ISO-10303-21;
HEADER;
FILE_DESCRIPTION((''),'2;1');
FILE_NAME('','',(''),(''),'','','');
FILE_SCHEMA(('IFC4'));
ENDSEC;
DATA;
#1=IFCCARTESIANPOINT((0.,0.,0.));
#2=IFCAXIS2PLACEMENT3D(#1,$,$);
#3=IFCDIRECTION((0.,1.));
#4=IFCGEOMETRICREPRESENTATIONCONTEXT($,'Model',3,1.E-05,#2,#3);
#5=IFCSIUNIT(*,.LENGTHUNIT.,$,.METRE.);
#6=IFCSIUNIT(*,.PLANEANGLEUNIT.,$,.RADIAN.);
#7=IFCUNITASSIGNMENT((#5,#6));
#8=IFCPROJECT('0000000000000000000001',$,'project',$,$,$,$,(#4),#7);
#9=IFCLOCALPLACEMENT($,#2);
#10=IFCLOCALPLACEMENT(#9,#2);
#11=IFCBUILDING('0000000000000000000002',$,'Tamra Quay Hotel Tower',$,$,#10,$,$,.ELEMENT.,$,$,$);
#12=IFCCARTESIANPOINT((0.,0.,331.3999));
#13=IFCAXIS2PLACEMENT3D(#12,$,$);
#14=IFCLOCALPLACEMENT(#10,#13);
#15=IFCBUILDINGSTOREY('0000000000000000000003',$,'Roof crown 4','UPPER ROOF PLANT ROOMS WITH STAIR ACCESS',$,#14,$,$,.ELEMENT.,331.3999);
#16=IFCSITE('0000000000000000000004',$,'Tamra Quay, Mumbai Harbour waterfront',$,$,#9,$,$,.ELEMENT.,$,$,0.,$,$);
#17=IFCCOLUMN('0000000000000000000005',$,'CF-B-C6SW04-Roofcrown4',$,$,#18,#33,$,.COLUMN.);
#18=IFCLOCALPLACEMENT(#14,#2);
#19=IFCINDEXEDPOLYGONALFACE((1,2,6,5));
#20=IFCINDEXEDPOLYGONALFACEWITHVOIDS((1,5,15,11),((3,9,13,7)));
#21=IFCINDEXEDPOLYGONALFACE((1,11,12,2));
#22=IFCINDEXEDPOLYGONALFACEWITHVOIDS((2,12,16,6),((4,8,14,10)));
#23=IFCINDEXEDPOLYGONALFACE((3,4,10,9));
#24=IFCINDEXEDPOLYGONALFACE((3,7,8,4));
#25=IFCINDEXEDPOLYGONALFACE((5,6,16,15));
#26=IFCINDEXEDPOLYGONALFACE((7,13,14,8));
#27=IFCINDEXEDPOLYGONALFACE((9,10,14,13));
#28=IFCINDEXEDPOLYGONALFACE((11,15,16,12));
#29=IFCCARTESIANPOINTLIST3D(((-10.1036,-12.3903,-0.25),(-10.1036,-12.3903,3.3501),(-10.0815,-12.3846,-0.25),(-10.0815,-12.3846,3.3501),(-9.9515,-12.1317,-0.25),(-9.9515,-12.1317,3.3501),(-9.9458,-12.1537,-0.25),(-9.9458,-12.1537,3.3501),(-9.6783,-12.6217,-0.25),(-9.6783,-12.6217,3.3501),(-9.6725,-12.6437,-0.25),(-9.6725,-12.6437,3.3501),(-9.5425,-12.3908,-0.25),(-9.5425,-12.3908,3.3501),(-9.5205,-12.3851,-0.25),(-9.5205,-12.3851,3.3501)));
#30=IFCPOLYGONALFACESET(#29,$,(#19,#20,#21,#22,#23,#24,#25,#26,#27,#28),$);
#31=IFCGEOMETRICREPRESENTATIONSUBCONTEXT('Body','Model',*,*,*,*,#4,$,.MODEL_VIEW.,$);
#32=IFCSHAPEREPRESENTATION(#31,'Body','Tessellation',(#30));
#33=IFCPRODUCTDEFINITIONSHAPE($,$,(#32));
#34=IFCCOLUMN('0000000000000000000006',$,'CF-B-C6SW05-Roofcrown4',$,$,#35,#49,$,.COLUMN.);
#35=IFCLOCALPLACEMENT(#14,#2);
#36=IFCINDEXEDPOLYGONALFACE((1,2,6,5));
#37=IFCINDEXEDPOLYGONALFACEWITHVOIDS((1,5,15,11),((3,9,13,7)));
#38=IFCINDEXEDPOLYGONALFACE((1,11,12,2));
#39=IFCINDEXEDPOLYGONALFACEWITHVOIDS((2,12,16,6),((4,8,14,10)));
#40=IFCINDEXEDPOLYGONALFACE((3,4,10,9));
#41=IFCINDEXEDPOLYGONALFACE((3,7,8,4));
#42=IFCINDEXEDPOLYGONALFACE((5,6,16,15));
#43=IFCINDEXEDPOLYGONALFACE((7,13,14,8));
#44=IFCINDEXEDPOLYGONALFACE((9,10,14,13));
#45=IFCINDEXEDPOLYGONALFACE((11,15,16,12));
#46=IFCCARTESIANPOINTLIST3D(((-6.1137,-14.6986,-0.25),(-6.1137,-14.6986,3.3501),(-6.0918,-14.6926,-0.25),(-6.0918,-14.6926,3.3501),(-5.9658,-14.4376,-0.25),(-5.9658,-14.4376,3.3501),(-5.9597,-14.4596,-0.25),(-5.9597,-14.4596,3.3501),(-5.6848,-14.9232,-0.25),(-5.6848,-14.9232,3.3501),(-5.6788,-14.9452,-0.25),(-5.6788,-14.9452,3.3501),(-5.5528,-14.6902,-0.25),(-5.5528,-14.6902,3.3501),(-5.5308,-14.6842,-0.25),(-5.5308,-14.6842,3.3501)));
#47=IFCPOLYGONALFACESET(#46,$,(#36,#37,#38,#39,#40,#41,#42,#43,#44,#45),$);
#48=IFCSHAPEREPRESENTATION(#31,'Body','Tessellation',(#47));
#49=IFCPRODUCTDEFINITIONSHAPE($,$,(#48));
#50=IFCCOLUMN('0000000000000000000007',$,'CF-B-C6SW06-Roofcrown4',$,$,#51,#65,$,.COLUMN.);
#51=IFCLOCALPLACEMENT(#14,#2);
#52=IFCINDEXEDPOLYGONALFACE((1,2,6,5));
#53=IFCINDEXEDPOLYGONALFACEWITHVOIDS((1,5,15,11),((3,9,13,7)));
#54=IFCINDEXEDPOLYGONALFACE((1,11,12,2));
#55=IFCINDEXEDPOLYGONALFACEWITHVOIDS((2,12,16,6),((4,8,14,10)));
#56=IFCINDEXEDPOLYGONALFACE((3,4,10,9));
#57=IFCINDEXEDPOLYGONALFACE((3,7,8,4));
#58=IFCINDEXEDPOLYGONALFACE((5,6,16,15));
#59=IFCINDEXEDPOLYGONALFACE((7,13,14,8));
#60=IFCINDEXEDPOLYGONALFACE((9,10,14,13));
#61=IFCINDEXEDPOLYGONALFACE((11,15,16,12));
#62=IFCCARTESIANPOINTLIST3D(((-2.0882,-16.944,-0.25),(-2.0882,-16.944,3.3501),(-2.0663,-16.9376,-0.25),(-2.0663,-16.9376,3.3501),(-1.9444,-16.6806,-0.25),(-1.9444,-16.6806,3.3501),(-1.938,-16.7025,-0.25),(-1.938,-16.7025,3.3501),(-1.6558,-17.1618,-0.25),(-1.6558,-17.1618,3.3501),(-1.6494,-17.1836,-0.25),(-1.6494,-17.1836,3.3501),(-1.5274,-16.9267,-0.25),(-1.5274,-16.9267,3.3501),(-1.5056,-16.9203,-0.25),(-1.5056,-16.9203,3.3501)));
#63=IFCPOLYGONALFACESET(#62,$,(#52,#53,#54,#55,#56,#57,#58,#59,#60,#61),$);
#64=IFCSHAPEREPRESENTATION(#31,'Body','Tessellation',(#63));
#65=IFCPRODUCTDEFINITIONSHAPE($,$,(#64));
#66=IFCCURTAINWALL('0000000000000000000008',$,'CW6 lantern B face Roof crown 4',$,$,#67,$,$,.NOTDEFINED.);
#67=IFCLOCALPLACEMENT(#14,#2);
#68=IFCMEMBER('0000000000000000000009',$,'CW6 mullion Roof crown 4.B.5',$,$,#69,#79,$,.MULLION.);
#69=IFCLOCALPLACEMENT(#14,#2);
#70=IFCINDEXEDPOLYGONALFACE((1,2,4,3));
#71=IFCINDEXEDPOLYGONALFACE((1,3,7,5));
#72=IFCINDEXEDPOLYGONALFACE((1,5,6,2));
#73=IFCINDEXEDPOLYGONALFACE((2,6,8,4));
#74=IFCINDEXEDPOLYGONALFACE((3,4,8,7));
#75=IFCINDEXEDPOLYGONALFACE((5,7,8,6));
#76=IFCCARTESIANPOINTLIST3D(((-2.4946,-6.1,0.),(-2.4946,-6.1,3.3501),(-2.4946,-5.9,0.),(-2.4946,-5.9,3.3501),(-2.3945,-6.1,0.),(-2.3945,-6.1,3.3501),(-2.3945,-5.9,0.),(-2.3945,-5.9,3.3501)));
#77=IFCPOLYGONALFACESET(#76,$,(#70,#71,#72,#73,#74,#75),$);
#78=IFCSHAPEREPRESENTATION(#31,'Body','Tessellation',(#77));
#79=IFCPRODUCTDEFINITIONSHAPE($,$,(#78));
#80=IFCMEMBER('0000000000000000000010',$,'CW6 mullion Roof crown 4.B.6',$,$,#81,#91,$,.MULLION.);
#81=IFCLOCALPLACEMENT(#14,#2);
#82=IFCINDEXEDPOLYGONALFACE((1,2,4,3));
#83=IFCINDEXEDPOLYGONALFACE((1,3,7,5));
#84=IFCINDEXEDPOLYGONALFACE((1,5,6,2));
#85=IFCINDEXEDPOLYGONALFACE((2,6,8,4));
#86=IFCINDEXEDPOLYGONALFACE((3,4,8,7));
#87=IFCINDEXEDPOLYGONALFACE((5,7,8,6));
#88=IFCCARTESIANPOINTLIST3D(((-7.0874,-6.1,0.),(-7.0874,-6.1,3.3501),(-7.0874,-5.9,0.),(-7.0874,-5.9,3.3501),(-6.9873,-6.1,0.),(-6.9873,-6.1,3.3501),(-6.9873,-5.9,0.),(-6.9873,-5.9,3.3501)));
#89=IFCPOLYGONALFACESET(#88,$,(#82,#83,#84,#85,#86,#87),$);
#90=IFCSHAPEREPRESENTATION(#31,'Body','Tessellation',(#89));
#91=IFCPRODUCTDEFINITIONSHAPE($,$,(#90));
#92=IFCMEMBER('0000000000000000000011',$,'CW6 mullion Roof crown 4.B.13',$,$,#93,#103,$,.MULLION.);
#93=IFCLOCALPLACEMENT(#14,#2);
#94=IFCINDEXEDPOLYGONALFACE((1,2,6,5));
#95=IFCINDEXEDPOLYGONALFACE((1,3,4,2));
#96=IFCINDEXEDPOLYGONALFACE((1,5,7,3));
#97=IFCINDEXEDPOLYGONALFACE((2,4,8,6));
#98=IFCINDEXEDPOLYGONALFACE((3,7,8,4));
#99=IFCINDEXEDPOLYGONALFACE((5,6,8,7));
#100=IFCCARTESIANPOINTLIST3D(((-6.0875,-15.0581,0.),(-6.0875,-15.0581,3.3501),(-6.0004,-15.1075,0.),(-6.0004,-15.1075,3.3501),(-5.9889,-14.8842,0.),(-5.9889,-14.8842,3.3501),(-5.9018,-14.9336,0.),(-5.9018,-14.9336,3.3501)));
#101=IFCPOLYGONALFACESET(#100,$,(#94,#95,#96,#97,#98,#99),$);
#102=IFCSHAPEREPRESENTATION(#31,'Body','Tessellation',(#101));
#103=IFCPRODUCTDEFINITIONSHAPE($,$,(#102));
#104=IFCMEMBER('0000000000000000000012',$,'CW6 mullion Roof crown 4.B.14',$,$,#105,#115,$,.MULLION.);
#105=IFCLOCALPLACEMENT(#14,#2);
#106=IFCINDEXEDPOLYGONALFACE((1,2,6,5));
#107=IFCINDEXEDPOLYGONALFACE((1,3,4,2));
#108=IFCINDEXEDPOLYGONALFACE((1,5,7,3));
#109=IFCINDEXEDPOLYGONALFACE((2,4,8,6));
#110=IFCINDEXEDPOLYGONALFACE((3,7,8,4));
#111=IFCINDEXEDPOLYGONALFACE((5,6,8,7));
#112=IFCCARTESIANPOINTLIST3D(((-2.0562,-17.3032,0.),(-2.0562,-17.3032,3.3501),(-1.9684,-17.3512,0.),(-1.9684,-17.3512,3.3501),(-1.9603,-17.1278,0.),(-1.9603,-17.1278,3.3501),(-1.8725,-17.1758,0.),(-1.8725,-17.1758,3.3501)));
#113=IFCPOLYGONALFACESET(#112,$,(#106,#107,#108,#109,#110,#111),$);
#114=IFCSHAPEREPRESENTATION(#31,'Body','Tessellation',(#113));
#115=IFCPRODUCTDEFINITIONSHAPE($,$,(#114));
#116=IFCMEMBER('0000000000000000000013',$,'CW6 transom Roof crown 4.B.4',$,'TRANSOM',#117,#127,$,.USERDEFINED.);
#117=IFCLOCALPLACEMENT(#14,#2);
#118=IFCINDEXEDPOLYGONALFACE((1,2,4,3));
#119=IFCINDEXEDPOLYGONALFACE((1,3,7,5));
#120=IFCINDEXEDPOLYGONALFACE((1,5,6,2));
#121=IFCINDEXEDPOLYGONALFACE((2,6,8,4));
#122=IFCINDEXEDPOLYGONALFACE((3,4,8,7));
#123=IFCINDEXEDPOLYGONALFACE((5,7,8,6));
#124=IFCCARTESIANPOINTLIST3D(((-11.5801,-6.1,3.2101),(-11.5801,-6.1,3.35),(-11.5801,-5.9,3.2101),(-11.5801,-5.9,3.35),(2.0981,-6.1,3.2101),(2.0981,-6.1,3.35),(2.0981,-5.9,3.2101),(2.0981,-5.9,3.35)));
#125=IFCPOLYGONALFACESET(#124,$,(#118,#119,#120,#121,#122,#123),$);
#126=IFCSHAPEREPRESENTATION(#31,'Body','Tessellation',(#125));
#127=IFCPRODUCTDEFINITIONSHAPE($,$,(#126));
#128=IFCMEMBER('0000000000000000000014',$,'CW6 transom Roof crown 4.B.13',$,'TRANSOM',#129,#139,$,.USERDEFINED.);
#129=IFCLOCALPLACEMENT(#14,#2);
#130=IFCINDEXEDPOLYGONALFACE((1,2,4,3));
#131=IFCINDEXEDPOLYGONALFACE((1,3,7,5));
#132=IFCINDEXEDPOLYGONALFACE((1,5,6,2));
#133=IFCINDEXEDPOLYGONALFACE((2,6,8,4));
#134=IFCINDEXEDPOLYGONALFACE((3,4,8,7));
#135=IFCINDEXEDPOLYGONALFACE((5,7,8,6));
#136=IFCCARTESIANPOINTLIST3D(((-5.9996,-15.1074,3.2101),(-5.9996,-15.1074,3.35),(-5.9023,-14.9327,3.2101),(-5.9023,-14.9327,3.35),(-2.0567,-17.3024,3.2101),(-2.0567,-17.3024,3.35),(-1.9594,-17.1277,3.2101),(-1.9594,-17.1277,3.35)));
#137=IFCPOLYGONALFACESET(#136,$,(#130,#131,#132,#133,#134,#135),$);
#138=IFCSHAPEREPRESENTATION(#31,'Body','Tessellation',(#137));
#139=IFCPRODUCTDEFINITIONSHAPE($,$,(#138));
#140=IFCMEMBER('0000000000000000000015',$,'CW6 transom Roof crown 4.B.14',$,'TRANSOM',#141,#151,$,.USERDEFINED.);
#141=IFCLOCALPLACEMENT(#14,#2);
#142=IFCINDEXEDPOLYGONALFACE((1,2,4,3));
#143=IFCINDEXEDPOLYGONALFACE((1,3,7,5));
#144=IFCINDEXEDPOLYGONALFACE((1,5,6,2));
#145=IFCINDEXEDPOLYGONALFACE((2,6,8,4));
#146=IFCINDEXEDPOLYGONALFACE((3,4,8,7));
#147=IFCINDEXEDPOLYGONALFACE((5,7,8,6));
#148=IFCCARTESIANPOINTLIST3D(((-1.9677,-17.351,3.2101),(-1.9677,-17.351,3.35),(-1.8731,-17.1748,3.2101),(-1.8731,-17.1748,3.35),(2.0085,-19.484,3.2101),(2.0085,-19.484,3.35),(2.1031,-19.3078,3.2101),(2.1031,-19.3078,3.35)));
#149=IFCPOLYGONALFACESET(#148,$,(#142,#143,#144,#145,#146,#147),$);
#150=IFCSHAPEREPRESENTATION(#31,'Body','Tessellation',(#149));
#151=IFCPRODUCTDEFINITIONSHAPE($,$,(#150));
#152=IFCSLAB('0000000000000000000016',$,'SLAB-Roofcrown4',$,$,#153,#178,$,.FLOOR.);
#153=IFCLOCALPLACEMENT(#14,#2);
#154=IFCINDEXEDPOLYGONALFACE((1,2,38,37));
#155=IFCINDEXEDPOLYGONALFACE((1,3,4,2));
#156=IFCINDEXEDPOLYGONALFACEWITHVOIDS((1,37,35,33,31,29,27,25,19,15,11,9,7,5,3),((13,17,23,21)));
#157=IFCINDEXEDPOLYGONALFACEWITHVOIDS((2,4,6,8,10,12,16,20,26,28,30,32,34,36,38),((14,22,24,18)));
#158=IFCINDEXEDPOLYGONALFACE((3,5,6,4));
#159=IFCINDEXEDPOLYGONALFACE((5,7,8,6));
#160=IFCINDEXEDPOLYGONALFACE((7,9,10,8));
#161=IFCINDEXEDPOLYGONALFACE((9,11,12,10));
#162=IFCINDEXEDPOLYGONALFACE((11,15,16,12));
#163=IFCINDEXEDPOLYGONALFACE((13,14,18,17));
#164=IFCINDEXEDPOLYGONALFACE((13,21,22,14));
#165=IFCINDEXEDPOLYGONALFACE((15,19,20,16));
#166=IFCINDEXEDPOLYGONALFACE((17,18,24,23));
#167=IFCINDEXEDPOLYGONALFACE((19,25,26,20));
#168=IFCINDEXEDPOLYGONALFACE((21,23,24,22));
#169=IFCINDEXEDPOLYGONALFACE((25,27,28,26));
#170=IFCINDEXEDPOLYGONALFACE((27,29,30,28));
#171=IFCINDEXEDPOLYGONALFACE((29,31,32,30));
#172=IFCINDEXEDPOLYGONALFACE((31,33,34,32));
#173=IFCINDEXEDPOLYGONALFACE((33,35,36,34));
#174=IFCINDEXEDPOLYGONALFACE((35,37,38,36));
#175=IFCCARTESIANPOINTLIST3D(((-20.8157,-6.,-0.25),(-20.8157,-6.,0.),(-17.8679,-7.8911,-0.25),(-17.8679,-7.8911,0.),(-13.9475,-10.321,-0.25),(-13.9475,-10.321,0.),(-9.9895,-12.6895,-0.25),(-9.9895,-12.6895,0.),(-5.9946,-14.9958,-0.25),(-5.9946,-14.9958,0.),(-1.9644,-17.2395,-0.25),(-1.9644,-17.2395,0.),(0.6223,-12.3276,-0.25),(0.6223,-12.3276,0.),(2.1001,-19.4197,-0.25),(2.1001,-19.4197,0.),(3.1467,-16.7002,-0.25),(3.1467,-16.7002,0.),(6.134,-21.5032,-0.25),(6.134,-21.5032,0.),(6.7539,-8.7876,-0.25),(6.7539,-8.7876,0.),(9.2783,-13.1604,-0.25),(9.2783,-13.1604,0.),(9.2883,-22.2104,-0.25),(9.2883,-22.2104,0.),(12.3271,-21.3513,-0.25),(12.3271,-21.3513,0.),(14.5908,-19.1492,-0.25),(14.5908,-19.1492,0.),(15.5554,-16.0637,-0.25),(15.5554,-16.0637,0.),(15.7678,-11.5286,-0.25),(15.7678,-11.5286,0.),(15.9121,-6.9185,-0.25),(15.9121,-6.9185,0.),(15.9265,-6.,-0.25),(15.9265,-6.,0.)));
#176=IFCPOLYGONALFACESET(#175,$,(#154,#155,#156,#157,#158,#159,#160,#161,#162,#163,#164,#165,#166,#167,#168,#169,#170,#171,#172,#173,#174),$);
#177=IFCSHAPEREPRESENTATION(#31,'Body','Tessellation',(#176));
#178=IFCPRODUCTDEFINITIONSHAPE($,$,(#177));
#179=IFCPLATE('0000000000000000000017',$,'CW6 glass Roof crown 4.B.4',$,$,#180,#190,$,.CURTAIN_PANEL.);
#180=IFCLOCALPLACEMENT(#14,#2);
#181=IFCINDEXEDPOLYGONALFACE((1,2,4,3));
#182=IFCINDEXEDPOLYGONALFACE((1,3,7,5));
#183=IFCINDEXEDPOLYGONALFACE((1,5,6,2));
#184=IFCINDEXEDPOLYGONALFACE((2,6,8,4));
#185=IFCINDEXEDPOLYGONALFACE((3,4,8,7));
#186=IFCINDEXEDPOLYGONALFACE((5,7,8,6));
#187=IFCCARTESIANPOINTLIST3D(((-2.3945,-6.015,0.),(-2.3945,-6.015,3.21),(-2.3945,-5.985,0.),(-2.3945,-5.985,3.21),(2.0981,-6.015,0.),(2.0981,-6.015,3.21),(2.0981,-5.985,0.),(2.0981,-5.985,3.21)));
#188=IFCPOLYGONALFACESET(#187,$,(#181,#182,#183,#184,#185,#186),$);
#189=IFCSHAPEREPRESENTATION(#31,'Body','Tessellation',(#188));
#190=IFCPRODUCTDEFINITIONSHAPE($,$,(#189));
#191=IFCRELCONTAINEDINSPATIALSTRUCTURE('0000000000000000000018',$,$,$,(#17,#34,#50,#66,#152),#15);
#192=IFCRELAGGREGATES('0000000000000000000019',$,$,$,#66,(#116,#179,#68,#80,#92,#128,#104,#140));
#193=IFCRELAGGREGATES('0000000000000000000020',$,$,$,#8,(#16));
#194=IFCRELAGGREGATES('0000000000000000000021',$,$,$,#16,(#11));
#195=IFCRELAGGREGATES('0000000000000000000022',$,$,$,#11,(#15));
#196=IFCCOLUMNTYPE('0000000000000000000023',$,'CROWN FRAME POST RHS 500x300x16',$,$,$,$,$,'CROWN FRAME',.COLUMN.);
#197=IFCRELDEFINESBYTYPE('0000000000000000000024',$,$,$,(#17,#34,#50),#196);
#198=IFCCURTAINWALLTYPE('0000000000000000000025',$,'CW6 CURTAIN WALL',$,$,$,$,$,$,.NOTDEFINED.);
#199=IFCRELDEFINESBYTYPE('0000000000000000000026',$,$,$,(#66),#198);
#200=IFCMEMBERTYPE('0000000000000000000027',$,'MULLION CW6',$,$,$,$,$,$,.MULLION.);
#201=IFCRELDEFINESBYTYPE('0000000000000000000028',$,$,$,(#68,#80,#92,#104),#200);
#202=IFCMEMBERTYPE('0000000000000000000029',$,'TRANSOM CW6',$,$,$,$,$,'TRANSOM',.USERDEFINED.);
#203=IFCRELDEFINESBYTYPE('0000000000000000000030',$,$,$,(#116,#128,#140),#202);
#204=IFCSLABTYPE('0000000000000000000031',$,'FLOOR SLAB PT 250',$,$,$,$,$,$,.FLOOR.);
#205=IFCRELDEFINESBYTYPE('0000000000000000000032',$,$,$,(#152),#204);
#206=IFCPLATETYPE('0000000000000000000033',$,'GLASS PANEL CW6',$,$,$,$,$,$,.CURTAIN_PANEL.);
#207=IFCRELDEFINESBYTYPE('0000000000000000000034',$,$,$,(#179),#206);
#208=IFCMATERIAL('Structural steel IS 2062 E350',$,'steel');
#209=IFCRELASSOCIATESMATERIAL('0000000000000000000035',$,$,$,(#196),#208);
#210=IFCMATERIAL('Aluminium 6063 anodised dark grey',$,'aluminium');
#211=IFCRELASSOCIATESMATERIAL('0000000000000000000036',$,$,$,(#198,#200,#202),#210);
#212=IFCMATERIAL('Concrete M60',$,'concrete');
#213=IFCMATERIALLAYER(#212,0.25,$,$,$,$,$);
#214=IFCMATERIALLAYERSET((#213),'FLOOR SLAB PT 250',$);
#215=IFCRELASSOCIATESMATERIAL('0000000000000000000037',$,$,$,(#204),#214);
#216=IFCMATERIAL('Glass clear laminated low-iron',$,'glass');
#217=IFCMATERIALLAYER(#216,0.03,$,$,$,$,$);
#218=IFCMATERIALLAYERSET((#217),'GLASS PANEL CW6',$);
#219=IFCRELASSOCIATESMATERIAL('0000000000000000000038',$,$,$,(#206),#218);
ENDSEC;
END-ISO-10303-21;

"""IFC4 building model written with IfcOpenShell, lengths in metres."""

from ifc_helpers import new_model, si_unit, direction, frame, origin, origin_2d, place, context, subcontext, project, spatial, polyline, rectangle, hollow_rectangle, outline, extrude, material, layer, layer_set, material_profile, profile_set, type_object, element, aggregate, save


model = new_model("IFC4")

# Units and contexts
model_context = context("Model", 3, precision=1e-05, world=origin(), true_north=direction((0.0, 1.0)))
body_context = subcontext(model_context, "Body", "Model", "MODEL_VIEW")
ifc_project = project(units=[si_unit("LENGTHUNIT", "METRE"), si_unit("PLANEANGLEUNIT", "RADIAN")], contexts=[model_context])

# Site, building, storey
site_placement = place(None, origin())
site = spatial("IfcSite", under=ifc_project, at=site_placement, Name="Tamra Quay, Mumbai Harbour waterfront", CompositionType="ELEMENT", RefElevation=0.0)
building_placement = place(site_placement, origin())
building = spatial("IfcBuilding", under=site, at=building_placement, Name="Tamra Quay Hotel Tower", CompositionType="ELEMENT")
storey_placement = place(building_placement, frame((0.0, 0.0, 331.3999)))
storey = spatial("IfcBuildingStorey", under=building, at=storey_placement, Name="Roof crown 4", Description="UPPER ROOF PLANT ROOMS WITH STAIR ACCESS", CompositionType="ELEMENT", Elevation=331.3999)

# Columns
ifc_material_1 = material(Name="Structural steel IS 2062 E350", Category="steel")
ifc_material_profile_1 = material_profile(ifc_material_1, hollow_rectangle(XDim=0.3, YDim=0.5, WallThickness=0.0161, at=origin_2d()), Name="RHS 500x300x16")
ifc_profile_set_1 = profile_set([ifc_material_profile_1], Name="Structural steel IS 2062 E350")
column_type = type_object("IfcColumnType", Name="CROWN FRAME POST RHS 500x300x16", ElementType="CROWN FRAME", PredefinedType="COLUMN", material=ifc_profile_set_1)
for number, where, z_axis, x_axis, name in (
    (1, (-9.812, -12.3877, -0.25), (0.0, 0.0, 1.0), (0.506843, 0.862038, 0.0), "CF-B-C6SW04-Roofcrown4"),
    (2, (-5.8223, -14.6914, -0.25), (0.0, 0.0, 1.0), (0.493125, 0.869958, 0.0), "CF-B-C6SW05-Roofcrown4"),
    (3, (-1.7969, -16.9321, -0.25), (0.0, 0.0, 1.0), (0.479288, 0.877658, 0.0), "CF-B-C6SW06-Roofcrown4"),
):
    element("IfcColumn", number, at=place(storey_placement, frame(where, z_axis=z_axis, x_axis=x_axis)), inside=storey, type_object=column_type, Name=name, PredefinedType="COLUMN", context=body_context, shape_type="SweptSolid", body=[
        extrude(hollow_rectangle(XDim=0.3, YDim=0.5, WallThickness=0.0161, at=origin_2d()), origin(), (0.0, 0.0, 1.0), 3.6001),
    ])

# Curtain wall, members
ifc_material_2 = material(Name="Aluminium 6063 anodised dark grey", Category="aluminium")
curtain_wall_type = type_object("IfcCurtainWallType", Name="CW6 CURTAIN WALL", PredefinedType="NOTDEFINED", material=ifc_material_2)
curtain_wall_placement = place(storey_placement, origin())
curtain_wall = element("IfcCurtainWall", 4, at=curtain_wall_placement, inside=storey, type_object=curtain_wall_type, Name="CW6 lantern B face Roof crown 4", PredefinedType="NOTDEFINED")
ifc_material_profile_2 = material_profile(ifc_material_2, rectangle(XDim=0.2, YDim=0.1001, at=origin_2d()), Name="MULLION 100X200")
ifc_profile_set_2 = profile_set([ifc_material_profile_2], Name="Aluminium 6063 anodised dark grey")
member_type_1 = type_object("IfcMemberType", Name="MULLION CW6", PredefinedType="MULLION", material=ifc_profile_set_2)
member_1_placement = place(storey_placement, frame((-2.4446, -6.0, 0.0), z_axis=(0.0, 0.0, 1.0), x_axis=(0.0, 1.0, 0.0)))
member_1 = element("IfcMember", 5, at=member_1_placement, type_object=member_type_1, Name="CW6 mullion Roof crown 4.B.5", PredefinedType="MULLION", context=body_context, shape_type="SweptSolid", body=[
    extrude(rectangle(XDim=0.2, YDim=0.1001, at=origin_2d()), origin(), (0.0, 0.0, 1.0), 3.3501),
])
member_2_placement = place(storey_placement, frame((-7.0374, -6.0, 0.0), z_axis=(0.0, 0.0, 1.0), x_axis=(0.0, 1.0, 0.0)))
member_2 = element("IfcMember", 6, at=member_2_placement, type_object=member_type_1, Name="CW6 mullion Roof crown 4.B.6", PredefinedType="MULLION", context=body_context, shape_type="SweptSolid", body=[
    extrude(rectangle(XDim=0.2, YDim=0.1001, at=origin_2d()), origin(), (0.0, 0.0, 1.0), 3.3501),
])
member_3_placement = place(storey_placement, frame((-5.9946, -14.9958, 0.0), z_axis=(0.0, 0.0, 1.0), x_axis=(-0.493216, -0.869907, 0.0)))
member_3 = element("IfcMember", 7, at=member_3_placement, type_object=member_type_1, Name="CW6 mullion Roof crown 4.B.13", PredefinedType="MULLION", context=body_context, shape_type="SweptSolid", body=[
    extrude(rectangle(XDim=0.2, YDim=0.1001, at=origin_2d()), origin(), (0.0, 0.0, 1.0), 3.3501),
])
member_4_placement = place(storey_placement, frame((-1.9644, -17.2395, 0.0), z_axis=(0.0, 0.0, 1.0), x_axis=(-0.479565, -0.877506, 0.0)))
member_4 = element("IfcMember", 8, at=member_4_placement, type_object=member_type_1, Name="CW6 mullion Roof crown 4.B.14", PredefinedType="MULLION", context=body_context, shape_type="SweptSolid", body=[
    extrude(rectangle(XDim=0.2, YDim=0.1001, at=origin_2d()), origin(), (0.0, 0.0, 1.0), 3.3501),
])
ifc_material_profile_3 = material_profile(ifc_material_2, rectangle(XDim=0.2, YDim=0.1399, at=origin_2d()), Name="TRANSOM 200X140")
ifc_profile_set_3 = profile_set([ifc_material_profile_3], Name="Aluminium 6063 anodised dark grey")
member_type_2 = type_object("IfcMemberType", Name="TRANSOM CW6", ElementType="TRANSOM", PredefinedType="USERDEFINED", material=ifc_profile_set_3)
member_5_placement = place(storey_placement, frame((2.0981, -6.0, 3.28), z_axis=(-1.0, 0.0, 0.0), x_axis=(0.0, -1.0, 0.0)))
member_5 = element("IfcMember", 9, at=member_5_placement, type_object=member_type_2, Name="CW6 transom Roof crown 4.B.4", ObjectType="TRANSOM", PredefinedType="USERDEFINED", context=body_context, shape_type="SweptSolid", body=[
    extrude(rectangle(XDim=0.2, YDim=0.1399, at=origin_2d()), origin(), (0.0, 0.0, 1.0), 13.6782),
])
member_6_placement = place(storey_placement, frame((-5.9509, -15.02, 3.28), z_axis=(0.873726, -0.486419, 0.0), x_axis=(0.486419, 0.873726, 0.0)))
member_6 = element("IfcMember", 10, at=member_6_placement, type_object=member_type_2, Name="CW6 transom Roof crown 4.B.13", ObjectType="TRANSOM", PredefinedType="USERDEFINED", context=body_context, shape_type="SweptSolid", body=[
    extrude(rectangle(XDim=0.2, YDim=0.1399, at=origin_2d()), origin(), (0.0, 0.0, 1.0), 4.5127),
])
member_7_placement = place(storey_placement, frame((-1.9204, -17.2629, 3.28), z_axis=(0.881214, -0.472718, 0.0), x_axis=(0.472718, 0.881214, 0.0)))
member_7 = element("IfcMember", 11, at=member_7_placement, type_object=member_type_2, Name="CW6 transom Roof crown 4.B.14", ObjectType="TRANSOM", PredefinedType="USERDEFINED", context=body_context, shape_type="SweptSolid", body=[
    extrude(rectangle(XDim=0.2, YDim=0.1399, at=origin_2d()), origin(), (0.0, 0.0, 1.0), 4.5122),
])

# Slab
ifc_material_3 = material(Name="Concrete M60", Category="concrete")
ifc_layer_1 = layer(ifc_material_3, 0.25)
ifc_layer_set_1 = layer_set([ifc_layer_1], Name="FLOOR SLAB PT 250")
slab_type = type_object("IfcSlabType", Name="FLOOR SLAB PT 250", PredefinedType="FLOOR", material=ifc_layer_set_1)
slab_placement = place(storey_placement, frame((0.0, 0.0, -0.25)))
element("IfcSlab", 12, at=slab_placement, inside=storey, type_object=slab_type, Name="SLAB-Roofcrown4", PredefinedType="FLOOR", context=body_context, shape_type="SweptSolid", body=[
    extrude(outline(polyline([(15.5554, -16.0637), (14.5908, -19.1492), (12.3271, -21.3513), (9.2883, -22.2104), (6.134, -21.5032), (2.1001, -19.4197), (-1.9644, -17.2395), (-5.9946, -14.9958), (-9.9895, -12.6895), (-13.9475, -10.321), (-17.8679, -7.8911), (-20.8157, -6.0), (15.9265, -6.0), (15.9121, -6.9185), (15.7678, -11.5286), (15.5554, -16.0637)]), holes=[polyline([(6.7539, -8.7876), (0.6223, -12.3276), (3.1467, -16.7002), (9.2783, -13.1604), (6.7539, -8.7876)])]), origin(), (0.0, 0.0, 1.0), 0.25),
])

# Plate
ifc_material_4 = material(Name="Glass clear laminated low-iron", Category="glass")
ifc_layer_2 = layer(ifc_material_4, 0.03)
ifc_layer_set_2 = layer_set([ifc_layer_2], Name="GLASS PANEL CW6")
plate_type = type_object("IfcPlateType", Name="GLASS PANEL CW6", PredefinedType="CURTAIN_PANEL", material=ifc_layer_set_2)
plate_1_placement = place(storey_placement, frame((-0.1482, -6.0, 0.0), z_axis=(0.0, 0.0, 1.0), x_axis=(-1.0, 0.0, 0.0)))
plate_1 = element("IfcPlate", 13, at=plate_1_placement, type_object=plate_type, Name="CW6 glass Roof crown 4.B.4", PredefinedType="CURTAIN_PANEL", context=body_context, shape_type="SweptSolid", body=[
    extrude(rectangle(XDim=4.4927, YDim=0.03, at=origin_2d()), origin(), (0.0, 0.0, 1.0), 3.21),
])
aggregate(curtain_wall, [member_5, plate_1, member_1, member_2, member_3, member_6, member_4, member_7])

save(model, "model.ifc")
